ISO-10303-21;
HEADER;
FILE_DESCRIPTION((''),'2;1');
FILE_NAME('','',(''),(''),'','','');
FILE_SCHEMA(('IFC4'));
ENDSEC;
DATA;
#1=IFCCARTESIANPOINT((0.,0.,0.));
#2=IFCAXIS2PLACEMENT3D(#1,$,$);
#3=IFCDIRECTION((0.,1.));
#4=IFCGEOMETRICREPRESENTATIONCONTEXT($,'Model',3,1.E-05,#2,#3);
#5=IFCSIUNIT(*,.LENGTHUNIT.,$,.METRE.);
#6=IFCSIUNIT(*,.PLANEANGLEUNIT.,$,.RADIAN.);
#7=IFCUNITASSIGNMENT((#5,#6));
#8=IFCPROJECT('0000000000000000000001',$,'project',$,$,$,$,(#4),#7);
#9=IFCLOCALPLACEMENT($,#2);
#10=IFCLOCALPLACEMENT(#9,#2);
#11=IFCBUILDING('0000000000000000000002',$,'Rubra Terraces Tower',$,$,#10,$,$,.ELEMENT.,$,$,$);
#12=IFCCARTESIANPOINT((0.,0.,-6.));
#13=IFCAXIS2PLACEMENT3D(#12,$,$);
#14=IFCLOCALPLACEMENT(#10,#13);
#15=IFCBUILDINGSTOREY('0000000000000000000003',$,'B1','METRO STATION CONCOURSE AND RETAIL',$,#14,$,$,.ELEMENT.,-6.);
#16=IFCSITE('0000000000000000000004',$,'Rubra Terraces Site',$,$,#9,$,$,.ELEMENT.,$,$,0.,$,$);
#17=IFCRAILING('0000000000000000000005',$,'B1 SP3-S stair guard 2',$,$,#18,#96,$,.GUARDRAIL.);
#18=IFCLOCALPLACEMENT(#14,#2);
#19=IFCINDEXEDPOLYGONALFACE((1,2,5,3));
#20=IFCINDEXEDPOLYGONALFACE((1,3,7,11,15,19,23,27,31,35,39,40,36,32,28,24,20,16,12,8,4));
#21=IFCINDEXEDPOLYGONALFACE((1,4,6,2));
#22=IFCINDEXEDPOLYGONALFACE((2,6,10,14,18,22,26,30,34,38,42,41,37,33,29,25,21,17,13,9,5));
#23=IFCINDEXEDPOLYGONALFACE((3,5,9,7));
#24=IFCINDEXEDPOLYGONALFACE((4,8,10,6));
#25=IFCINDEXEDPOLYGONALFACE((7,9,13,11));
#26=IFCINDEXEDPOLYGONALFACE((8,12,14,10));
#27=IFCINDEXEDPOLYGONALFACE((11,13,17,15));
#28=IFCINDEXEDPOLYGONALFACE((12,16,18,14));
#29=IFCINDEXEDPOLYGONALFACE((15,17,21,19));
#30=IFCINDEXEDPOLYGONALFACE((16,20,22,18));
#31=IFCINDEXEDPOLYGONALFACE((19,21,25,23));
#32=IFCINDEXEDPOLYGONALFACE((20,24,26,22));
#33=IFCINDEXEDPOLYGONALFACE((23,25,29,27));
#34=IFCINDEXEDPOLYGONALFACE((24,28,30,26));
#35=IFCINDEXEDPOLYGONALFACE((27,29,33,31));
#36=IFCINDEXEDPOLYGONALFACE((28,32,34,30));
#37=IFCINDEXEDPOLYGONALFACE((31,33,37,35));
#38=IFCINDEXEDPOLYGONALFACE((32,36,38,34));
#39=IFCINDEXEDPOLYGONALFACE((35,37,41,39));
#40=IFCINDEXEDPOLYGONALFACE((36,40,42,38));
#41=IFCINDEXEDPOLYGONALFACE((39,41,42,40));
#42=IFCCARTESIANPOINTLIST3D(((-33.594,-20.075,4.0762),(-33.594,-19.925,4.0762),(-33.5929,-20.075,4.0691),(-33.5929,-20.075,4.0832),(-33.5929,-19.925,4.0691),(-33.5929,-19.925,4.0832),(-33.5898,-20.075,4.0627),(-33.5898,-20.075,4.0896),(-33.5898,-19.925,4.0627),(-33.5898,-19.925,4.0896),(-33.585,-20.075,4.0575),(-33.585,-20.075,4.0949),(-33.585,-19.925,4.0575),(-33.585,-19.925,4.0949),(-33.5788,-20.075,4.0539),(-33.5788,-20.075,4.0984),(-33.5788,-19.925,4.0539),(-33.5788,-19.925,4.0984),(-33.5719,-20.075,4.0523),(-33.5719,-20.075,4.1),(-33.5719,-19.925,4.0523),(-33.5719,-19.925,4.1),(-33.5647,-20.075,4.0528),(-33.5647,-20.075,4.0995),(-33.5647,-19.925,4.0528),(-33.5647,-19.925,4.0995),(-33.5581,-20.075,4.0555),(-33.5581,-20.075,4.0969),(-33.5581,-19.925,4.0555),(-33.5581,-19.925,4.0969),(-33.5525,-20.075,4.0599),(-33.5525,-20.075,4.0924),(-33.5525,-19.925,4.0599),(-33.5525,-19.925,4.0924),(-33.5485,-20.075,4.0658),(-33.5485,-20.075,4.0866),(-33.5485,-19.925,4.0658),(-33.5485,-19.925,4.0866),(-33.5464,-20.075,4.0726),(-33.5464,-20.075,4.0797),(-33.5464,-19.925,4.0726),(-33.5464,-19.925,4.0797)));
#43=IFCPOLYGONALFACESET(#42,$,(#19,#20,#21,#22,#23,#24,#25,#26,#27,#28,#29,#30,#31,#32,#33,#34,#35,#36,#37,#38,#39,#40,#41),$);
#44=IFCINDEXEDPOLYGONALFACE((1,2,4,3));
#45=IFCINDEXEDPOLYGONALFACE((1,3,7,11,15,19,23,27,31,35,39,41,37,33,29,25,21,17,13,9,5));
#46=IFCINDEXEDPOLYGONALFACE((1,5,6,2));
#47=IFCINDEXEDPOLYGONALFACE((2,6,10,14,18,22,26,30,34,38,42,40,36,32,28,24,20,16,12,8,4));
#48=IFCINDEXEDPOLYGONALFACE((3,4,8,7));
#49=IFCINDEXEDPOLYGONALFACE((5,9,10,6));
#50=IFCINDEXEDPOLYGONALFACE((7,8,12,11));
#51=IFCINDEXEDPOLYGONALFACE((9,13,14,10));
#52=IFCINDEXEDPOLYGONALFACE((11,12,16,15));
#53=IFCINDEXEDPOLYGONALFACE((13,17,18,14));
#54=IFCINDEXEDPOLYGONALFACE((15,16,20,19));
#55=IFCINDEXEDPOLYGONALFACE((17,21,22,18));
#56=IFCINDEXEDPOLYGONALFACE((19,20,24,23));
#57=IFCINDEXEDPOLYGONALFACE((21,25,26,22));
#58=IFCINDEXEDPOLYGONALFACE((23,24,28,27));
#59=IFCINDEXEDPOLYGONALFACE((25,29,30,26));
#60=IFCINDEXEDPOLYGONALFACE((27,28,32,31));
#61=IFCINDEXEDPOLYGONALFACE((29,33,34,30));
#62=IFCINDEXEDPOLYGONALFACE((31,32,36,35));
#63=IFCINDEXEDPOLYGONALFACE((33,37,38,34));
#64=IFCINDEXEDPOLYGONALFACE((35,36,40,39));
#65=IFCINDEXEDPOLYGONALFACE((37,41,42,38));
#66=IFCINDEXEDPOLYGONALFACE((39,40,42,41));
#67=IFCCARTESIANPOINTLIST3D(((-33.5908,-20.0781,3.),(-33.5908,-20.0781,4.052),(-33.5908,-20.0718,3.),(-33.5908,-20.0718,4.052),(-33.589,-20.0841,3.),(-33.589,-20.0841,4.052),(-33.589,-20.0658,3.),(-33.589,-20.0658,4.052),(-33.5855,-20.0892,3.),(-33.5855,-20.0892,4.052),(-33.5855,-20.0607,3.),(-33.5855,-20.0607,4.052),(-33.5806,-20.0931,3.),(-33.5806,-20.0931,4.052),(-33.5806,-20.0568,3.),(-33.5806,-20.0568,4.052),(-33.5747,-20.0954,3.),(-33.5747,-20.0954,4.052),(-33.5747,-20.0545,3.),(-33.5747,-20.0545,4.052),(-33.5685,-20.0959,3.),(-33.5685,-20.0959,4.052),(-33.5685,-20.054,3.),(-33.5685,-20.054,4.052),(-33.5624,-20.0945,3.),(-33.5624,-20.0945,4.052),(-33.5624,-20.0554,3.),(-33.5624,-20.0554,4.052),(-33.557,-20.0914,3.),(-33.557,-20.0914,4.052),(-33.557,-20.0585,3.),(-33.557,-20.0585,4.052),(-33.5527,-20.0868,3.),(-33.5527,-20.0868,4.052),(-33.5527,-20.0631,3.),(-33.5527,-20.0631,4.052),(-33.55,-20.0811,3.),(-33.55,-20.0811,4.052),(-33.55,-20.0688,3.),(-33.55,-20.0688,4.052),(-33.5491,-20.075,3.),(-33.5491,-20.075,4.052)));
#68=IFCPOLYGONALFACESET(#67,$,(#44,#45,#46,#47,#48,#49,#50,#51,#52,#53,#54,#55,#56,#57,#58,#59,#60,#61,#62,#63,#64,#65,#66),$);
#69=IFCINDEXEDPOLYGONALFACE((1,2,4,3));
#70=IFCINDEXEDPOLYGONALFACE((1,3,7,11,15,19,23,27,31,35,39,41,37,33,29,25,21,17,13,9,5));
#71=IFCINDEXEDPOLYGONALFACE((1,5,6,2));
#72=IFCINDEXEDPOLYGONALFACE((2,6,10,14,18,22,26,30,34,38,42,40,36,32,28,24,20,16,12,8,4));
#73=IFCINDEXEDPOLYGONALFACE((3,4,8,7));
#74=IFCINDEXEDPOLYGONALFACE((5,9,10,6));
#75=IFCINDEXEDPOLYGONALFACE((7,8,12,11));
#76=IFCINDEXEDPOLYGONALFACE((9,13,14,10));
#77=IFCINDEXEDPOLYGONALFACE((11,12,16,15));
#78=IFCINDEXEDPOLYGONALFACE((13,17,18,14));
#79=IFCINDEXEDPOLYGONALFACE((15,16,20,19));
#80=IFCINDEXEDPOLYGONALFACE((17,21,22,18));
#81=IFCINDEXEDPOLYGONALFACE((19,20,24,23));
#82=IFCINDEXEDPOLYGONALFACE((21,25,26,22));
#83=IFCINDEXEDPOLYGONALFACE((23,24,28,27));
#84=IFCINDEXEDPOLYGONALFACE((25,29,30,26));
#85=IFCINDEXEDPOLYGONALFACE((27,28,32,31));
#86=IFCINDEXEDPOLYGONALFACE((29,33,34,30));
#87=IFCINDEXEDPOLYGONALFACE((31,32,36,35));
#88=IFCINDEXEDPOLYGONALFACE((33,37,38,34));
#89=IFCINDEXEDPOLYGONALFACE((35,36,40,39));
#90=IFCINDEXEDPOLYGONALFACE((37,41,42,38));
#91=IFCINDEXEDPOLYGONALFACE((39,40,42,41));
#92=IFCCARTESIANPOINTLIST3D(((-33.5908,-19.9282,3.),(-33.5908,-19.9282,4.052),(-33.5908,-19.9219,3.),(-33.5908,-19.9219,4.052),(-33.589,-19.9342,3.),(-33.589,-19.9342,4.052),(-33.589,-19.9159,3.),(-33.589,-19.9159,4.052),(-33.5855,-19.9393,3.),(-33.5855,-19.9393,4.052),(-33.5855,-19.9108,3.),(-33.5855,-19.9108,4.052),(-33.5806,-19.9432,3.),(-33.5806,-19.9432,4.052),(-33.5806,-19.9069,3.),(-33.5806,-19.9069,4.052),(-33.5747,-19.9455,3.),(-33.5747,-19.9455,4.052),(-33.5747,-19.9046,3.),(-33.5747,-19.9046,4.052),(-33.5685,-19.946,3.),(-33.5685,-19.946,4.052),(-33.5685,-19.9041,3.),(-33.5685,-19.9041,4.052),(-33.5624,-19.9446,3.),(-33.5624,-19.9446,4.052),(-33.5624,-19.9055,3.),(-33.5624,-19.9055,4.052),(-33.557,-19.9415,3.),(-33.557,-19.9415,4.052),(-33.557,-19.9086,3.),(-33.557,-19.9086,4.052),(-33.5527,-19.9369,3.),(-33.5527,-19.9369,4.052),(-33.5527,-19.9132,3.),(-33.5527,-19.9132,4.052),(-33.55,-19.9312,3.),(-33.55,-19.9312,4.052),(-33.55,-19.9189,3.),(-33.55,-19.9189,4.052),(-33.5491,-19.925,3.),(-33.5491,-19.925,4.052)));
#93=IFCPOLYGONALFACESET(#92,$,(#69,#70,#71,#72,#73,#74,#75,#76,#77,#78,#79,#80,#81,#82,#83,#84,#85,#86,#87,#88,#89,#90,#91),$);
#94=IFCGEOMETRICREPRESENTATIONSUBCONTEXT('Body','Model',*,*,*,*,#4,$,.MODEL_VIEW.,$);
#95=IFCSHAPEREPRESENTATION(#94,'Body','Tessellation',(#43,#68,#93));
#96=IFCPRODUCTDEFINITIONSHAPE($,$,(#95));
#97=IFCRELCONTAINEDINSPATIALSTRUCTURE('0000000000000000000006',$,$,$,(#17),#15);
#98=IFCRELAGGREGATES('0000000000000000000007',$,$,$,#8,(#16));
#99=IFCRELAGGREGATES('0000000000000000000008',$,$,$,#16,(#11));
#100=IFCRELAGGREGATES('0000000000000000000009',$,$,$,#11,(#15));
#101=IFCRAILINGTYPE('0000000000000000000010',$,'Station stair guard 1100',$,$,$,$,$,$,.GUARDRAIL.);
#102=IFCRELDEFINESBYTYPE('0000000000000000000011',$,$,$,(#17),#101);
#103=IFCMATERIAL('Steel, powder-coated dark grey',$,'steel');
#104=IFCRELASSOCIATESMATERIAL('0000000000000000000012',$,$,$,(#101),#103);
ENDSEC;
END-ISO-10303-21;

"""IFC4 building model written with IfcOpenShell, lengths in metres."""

from ifc_helpers import new_model, si_unit, direction, frame, origin, origin_2d, place, context, subcontext, project, spatial, circle, extrude, material, type_object, element, save


model = new_model("IFC4")

# Units and contexts
model_context = context("Model", 3, precision=1e-05, world=origin(), true_north=direction((0.0, 1.0)))
body_context = subcontext(model_context, "Body", "Model", "MODEL_VIEW")
ifc_project = project(units=[si_unit("LENGTHUNIT", "METRE"), si_unit("PLANEANGLEUNIT", "RADIAN")], contexts=[model_context])

# Site, building, storey
site_placement = place(None, origin())
site = spatial("IfcSite", under=ifc_project, at=site_placement, Name="Rubra Terraces Site", CompositionType="ELEMENT", RefElevation=0.0)
building_placement = place(site_placement, origin())
building = spatial("IfcBuilding", under=site, at=building_placement, Name="Rubra Terraces Tower", CompositionType="ELEMENT")
storey_placement = place(building_placement, frame((0.0, 0.0, -6.0)))
storey = spatial("IfcBuildingStorey", under=building, at=storey_placement, Name="B1", Description="METRO STATION CONCOURSE AND RETAIL", CompositionType="ELEMENT", Elevation=-6.0)

# Railing
ifc_material_1 = material(Name="Steel, powder-coated dark grey", Category="steel")
railing_type_1 = type_object("IfcRailingType", Name="Station stair guard 1100", PredefinedType="GUARDRAIL", material=ifc_material_1)
railing_1_placement = place(storey_placement, frame((-33.5701, -20.075, 3.0)))
element("IfcRailing", 1, at=railing_1_placement, inside=storey, type_object=railing_type_1, Name="B1 SP3-S stair guard 2", PredefinedType="GUARDRAIL", context=body_context, shape_type="SweptSolid", body=[
    extrude(circle(Radius=0.0239, at=origin_2d()), frame((0.0, 0.0, 1.0762), z_axis=(0.0, 1.0, 0.0), x_axis=(-1.0, 0.0, 0.0)), (0.0, 0.0, 1.0), 0.1499),
    extrude(circle(Radius=0.021, at=origin_2d()), origin(), (0.0, 0.0, 1.0), 1.052),
    extrude(circle(Radius=0.021, at=origin_2d()), frame((0.0, 0.1499, 0.0)), (0.0, 0.0, 1.0), 1.052),
])

save(model, "model.ifc")
